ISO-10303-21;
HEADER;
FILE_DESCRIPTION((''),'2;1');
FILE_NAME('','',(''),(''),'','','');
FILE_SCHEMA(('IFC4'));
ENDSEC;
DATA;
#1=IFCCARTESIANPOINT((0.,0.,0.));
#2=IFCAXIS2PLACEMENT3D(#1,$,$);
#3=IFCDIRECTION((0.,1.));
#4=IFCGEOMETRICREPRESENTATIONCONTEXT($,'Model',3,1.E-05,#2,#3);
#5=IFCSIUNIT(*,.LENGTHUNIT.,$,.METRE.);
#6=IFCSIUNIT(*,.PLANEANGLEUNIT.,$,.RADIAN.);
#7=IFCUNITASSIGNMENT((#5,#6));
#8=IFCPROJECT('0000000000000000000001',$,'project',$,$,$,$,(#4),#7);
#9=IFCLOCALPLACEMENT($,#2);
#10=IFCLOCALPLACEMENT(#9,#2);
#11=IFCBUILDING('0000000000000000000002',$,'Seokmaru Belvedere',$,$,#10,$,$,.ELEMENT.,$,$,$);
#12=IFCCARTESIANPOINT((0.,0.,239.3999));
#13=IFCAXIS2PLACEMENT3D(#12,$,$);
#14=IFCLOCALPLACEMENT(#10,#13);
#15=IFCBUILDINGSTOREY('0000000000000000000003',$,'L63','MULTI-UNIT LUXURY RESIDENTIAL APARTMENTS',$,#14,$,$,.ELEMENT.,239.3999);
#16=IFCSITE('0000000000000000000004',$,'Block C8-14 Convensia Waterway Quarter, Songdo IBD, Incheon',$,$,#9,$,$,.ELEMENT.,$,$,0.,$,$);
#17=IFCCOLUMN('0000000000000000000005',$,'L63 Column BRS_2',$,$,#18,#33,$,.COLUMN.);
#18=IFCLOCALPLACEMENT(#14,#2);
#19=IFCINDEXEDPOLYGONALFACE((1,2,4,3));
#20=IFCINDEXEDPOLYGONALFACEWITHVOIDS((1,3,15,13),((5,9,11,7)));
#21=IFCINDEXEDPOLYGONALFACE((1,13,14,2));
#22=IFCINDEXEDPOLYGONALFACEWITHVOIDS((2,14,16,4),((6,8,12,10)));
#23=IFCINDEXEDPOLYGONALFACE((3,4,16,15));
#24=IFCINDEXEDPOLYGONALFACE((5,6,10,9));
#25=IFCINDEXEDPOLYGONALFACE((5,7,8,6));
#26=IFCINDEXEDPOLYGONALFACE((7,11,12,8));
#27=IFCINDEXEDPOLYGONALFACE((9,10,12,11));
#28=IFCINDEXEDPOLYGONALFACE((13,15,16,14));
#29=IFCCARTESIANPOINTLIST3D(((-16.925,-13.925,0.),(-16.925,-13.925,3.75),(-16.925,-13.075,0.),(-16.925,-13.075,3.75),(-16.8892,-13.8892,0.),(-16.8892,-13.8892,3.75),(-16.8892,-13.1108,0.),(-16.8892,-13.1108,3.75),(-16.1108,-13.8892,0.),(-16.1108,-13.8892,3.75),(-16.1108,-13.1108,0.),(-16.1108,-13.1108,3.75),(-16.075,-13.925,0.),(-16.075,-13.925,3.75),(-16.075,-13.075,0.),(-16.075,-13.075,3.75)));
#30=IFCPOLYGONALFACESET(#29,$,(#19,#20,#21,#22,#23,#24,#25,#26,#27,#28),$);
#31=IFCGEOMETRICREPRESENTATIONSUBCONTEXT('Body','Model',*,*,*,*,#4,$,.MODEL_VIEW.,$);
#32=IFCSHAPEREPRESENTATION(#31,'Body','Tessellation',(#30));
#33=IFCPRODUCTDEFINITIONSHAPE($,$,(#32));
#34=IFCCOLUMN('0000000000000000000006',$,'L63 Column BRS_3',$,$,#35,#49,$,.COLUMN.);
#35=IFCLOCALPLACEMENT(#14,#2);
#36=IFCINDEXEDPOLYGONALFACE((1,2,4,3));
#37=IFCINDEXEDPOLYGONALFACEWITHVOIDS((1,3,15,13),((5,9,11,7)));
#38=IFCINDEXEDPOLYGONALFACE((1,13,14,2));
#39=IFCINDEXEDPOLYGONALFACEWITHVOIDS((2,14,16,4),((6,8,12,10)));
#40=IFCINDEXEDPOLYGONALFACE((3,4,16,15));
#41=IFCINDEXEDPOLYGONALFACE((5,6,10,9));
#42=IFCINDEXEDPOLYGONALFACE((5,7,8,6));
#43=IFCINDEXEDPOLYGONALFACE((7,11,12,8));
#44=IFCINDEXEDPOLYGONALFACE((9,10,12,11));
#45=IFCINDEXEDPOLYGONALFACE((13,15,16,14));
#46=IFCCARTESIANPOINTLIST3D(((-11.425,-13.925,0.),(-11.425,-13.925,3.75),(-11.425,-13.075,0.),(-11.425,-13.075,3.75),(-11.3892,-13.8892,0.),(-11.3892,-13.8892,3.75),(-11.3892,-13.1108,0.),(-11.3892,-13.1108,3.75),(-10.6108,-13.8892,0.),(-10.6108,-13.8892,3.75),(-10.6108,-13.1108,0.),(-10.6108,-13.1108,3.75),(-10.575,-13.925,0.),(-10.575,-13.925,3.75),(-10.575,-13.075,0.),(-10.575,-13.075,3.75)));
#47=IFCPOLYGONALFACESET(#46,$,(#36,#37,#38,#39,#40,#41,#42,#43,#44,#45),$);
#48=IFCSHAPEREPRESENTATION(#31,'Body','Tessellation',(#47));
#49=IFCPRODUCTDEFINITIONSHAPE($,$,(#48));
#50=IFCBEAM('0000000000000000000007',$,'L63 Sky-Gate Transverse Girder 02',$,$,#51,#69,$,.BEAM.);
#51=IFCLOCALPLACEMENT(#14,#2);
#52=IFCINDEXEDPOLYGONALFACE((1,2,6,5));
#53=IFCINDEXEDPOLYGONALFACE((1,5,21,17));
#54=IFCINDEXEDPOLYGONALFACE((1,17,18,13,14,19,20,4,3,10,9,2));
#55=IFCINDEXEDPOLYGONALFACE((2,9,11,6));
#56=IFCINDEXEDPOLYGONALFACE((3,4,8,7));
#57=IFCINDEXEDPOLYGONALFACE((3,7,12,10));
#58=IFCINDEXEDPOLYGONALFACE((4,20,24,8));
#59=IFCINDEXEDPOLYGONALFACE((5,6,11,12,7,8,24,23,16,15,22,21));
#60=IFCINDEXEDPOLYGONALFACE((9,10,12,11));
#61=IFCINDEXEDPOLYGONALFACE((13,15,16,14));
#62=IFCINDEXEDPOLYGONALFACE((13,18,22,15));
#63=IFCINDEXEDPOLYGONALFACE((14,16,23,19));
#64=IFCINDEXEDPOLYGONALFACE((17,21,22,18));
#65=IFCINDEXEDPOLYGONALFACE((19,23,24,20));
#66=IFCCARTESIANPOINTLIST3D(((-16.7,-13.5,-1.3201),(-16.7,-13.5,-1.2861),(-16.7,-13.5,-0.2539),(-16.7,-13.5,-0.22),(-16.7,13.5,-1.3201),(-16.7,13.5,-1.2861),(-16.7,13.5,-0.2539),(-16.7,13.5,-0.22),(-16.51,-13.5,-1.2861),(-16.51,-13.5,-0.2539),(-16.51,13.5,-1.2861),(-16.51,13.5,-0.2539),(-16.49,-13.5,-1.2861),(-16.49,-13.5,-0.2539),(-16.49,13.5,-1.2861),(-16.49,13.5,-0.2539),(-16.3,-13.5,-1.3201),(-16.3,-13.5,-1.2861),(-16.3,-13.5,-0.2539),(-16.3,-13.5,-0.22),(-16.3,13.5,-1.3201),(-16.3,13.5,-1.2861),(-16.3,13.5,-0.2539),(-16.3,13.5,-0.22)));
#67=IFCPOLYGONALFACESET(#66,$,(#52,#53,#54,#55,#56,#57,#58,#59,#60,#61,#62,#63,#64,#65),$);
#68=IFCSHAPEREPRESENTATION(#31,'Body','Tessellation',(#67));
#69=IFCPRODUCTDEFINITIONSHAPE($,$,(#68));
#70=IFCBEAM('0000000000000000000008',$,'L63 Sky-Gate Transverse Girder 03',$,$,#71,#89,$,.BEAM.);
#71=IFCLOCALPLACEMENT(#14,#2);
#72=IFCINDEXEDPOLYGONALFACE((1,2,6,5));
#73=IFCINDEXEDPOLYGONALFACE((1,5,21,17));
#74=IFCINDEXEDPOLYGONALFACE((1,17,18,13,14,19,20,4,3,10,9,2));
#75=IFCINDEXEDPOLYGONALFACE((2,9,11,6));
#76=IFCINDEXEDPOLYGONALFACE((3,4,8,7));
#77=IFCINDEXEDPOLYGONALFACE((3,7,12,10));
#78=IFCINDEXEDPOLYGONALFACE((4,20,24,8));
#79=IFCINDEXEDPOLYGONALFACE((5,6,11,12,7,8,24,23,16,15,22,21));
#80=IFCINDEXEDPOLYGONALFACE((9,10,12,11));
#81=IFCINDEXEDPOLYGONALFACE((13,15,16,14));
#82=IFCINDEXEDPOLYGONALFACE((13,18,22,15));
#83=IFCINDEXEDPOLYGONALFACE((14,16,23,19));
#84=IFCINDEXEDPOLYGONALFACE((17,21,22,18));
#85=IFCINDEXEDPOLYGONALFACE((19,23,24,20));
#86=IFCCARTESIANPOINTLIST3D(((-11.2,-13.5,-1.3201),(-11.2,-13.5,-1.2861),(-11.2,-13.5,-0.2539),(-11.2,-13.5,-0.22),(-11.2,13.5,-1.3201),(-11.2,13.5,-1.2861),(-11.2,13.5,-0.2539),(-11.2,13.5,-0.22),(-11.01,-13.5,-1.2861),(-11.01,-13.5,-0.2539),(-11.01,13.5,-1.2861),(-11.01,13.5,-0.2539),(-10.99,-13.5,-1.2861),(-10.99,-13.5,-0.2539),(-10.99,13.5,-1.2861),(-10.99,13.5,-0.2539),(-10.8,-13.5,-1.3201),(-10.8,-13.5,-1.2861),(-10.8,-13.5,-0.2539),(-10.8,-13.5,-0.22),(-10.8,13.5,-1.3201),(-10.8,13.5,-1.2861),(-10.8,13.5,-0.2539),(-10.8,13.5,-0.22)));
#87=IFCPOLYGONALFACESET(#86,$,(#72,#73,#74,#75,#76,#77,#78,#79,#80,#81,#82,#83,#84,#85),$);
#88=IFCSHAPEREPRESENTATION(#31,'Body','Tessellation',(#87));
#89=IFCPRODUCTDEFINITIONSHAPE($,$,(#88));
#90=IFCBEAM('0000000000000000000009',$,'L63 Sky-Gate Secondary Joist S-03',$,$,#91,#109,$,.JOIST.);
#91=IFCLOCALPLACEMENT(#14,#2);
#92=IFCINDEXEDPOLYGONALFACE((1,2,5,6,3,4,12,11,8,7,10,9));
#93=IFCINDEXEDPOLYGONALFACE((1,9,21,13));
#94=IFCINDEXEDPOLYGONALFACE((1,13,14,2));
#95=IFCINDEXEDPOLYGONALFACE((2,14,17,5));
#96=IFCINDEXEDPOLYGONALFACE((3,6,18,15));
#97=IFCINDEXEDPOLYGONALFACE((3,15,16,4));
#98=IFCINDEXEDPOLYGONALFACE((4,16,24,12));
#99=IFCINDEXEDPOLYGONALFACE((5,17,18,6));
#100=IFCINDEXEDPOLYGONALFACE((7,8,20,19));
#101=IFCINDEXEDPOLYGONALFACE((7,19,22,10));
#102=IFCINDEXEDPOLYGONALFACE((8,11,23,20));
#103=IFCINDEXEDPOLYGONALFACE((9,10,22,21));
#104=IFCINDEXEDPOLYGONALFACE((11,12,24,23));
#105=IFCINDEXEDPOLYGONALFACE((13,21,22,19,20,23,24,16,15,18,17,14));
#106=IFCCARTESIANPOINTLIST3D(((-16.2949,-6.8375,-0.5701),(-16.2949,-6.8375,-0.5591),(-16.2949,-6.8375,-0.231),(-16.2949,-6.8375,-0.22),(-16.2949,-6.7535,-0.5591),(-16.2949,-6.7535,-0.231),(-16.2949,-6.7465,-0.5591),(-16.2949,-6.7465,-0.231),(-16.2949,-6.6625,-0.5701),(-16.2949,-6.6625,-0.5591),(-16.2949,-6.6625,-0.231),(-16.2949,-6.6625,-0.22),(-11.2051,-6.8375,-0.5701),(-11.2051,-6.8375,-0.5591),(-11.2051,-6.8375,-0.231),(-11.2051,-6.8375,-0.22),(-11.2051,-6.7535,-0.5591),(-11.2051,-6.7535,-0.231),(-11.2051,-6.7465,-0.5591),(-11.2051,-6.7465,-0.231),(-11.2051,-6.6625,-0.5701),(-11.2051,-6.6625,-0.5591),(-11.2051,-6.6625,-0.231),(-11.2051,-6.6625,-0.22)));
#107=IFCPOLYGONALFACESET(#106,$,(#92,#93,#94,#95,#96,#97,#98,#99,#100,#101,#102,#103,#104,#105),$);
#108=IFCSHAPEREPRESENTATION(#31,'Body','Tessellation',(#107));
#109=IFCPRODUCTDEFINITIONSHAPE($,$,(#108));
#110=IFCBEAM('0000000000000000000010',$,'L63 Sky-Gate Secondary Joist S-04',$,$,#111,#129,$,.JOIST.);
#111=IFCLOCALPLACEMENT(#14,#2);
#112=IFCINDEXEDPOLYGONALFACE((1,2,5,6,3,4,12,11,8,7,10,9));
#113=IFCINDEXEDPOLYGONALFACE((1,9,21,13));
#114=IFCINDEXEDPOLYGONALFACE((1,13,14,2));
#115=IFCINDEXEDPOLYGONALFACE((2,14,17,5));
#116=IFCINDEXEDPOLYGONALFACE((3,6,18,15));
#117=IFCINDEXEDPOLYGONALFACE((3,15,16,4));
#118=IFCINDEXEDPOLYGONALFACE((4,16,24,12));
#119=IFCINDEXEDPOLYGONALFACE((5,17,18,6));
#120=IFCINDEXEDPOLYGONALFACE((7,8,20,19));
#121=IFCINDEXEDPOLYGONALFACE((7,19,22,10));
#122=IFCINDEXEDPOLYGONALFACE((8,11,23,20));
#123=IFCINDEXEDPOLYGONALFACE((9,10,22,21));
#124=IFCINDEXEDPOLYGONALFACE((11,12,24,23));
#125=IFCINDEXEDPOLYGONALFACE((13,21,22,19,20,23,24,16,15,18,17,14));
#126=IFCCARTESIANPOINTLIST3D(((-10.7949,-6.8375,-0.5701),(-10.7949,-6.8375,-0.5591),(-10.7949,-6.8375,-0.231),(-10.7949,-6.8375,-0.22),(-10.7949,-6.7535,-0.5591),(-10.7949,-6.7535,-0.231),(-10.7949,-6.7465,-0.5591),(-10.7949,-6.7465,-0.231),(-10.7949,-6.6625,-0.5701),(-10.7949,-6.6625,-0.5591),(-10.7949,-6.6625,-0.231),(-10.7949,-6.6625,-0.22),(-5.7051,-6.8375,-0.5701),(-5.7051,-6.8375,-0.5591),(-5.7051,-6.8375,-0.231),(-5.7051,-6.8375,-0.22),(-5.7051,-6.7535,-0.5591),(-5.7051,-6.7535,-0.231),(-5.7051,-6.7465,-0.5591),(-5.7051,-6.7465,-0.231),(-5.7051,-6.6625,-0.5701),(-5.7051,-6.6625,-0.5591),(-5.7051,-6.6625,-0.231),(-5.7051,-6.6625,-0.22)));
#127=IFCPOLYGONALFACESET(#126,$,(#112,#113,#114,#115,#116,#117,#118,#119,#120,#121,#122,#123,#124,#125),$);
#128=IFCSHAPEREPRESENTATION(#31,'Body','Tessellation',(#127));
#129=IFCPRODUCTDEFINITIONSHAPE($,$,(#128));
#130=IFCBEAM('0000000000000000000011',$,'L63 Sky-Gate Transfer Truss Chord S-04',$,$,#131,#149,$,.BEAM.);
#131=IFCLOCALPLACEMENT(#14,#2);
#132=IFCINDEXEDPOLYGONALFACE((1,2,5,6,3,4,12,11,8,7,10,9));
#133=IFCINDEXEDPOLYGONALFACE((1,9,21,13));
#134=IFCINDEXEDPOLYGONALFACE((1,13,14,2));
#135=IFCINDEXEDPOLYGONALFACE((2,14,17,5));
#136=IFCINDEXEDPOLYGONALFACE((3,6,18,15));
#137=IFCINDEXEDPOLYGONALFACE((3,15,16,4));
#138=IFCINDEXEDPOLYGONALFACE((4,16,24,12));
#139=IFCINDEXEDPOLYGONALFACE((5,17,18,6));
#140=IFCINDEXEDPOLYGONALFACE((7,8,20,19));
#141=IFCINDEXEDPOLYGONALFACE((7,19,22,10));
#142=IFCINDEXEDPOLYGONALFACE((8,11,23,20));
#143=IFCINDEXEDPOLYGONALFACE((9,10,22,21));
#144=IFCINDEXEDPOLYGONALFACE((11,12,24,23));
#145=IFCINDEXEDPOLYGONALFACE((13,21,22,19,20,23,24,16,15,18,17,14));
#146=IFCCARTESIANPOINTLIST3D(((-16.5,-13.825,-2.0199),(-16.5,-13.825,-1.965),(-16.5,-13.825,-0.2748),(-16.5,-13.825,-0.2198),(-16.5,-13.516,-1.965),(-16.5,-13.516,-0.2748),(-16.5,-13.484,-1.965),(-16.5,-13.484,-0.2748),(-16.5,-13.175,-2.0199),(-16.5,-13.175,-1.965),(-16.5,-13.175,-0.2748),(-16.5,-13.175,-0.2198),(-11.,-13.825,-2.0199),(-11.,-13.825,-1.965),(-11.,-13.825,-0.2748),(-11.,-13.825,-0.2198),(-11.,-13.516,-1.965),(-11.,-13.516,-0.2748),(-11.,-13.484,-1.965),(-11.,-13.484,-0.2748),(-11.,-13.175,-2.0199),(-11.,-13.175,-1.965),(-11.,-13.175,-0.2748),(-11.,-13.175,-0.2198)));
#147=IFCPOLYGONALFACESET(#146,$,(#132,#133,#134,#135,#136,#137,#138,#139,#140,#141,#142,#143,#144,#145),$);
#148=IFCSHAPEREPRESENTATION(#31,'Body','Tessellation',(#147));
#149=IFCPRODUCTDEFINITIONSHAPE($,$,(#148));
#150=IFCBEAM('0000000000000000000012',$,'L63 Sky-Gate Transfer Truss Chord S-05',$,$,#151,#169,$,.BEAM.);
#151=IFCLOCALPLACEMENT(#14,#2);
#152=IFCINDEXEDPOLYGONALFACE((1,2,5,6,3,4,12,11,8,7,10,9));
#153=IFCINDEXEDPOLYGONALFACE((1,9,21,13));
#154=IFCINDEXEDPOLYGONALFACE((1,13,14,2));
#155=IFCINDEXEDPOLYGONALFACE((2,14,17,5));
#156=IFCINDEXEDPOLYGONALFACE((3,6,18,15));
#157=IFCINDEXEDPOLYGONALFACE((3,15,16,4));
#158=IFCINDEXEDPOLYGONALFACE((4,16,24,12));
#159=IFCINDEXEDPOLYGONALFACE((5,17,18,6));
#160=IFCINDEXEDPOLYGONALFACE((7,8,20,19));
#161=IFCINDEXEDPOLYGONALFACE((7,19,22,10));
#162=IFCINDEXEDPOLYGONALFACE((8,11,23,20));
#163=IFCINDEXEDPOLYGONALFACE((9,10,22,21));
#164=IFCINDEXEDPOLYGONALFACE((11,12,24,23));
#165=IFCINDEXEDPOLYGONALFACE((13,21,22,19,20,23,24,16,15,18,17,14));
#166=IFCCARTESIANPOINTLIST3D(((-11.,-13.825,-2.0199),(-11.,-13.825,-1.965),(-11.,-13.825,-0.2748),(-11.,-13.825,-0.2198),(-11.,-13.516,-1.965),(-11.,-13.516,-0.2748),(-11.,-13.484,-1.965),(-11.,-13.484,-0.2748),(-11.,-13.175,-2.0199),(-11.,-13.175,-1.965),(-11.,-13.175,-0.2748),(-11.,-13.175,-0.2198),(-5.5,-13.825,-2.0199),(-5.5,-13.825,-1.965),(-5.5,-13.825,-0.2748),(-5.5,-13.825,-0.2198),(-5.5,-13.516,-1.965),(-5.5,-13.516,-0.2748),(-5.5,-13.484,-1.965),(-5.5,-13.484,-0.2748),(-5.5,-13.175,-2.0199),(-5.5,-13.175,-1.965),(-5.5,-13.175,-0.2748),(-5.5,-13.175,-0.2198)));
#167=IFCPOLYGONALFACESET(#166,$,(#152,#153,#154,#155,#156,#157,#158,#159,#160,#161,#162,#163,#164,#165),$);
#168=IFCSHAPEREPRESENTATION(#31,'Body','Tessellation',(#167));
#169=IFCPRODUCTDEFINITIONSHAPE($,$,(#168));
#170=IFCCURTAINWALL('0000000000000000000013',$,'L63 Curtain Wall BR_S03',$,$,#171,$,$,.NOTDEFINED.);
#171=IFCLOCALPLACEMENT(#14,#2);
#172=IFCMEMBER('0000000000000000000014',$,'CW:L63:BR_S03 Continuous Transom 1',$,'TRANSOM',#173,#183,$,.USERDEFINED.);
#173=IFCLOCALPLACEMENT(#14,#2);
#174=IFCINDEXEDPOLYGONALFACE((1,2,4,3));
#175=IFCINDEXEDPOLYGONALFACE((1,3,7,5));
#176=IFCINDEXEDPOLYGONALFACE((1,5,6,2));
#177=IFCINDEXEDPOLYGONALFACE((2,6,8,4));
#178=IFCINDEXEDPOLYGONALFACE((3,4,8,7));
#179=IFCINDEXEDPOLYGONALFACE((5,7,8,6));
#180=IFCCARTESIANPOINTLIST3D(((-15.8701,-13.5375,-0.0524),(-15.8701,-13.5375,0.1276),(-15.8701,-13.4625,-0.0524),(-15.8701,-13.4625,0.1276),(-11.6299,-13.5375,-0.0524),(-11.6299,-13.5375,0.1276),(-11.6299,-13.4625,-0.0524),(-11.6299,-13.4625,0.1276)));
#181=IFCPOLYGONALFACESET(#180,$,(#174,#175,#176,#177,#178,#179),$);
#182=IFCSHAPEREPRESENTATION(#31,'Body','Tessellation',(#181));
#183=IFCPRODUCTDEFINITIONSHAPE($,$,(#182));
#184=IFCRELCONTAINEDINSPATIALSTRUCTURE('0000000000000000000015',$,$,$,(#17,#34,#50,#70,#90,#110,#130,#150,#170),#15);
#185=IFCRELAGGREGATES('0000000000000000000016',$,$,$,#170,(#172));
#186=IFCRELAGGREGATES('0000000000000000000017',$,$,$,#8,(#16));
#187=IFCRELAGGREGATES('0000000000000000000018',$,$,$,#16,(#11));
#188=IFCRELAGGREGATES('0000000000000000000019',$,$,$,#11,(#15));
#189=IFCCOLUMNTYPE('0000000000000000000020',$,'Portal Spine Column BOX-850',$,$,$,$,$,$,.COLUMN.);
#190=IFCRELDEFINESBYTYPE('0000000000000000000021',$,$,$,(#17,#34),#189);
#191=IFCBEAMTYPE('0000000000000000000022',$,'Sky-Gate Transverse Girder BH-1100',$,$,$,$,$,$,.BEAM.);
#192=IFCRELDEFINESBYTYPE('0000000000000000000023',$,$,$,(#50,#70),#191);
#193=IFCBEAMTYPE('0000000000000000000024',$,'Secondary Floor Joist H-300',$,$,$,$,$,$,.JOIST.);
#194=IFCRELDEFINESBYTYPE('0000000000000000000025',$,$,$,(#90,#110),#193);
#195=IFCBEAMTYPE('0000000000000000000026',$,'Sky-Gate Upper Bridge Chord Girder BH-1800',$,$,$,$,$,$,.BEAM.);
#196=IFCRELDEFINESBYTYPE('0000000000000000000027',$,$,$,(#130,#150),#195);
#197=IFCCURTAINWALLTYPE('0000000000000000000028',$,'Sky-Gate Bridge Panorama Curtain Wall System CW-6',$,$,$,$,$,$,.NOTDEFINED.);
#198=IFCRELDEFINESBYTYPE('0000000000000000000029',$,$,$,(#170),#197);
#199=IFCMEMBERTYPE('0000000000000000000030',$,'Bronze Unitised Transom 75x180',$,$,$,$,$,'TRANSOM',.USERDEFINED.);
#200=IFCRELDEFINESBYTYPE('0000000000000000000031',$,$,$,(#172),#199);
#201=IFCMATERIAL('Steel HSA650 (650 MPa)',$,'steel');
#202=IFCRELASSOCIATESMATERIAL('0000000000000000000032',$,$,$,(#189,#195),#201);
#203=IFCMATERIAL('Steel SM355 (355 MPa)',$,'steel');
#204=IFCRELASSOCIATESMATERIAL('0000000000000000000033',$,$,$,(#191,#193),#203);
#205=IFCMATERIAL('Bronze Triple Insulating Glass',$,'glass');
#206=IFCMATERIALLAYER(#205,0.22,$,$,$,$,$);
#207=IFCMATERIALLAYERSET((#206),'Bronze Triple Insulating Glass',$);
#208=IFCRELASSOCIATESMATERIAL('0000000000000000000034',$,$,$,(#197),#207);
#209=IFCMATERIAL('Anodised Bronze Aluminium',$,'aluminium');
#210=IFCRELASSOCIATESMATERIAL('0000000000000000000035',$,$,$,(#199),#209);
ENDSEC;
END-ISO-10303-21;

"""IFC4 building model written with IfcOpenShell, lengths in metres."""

from ifc_helpers import new_model, si_unit, direction, frame, origin, origin_2d, place, context, subcontext, project, spatial, rectangle, hollow_rectangle, i_section, extrude, source, transform, mapped, material, layer, layer_set, material_profile, profile_set, type_object, type_shapes, element, aggregate, save


model = new_model("IFC4")

# Units and contexts
model_context = context("Model", 3, precision=1e-05, world=origin(), true_north=direction((0.0, 1.0)))
body_context = subcontext(model_context, "Body", "Model", "MODEL_VIEW")
ifc_project = project(units=[si_unit("LENGTHUNIT", "METRE"), si_unit("PLANEANGLEUNIT", "RADIAN")], contexts=[model_context])

# Site, building, storey
site_placement = place(None, origin())
site = spatial("IfcSite", under=ifc_project, at=site_placement, Name="Block C8-14 Convensia Waterway Quarter, Songdo IBD, Incheon", CompositionType="ELEMENT", RefElevation=0.0)
building_placement = place(site_placement, origin())
building = spatial("IfcBuilding", under=site, at=building_placement, Name="Seokmaru Belvedere", CompositionType="ELEMENT")
storey_placement = place(building_placement, frame((0.0, 0.0, 239.3999)))
storey = spatial("IfcBuildingStorey", under=building, at=storey_placement, Name="L63", Description="MULTI-UNIT LUXURY RESIDENTIAL APARTMENTS", CompositionType="ELEMENT", Elevation=239.3999)

# Columns
ifc_material_1 = material(Name="Steel HSA650 (650 MPa)", Category="steel")
ifc_material_profile_1 = material_profile(ifc_material_1, hollow_rectangle(XDim=0.8501, YDim=0.8501, WallThickness=0.0359, at=origin_2d()), Name="BOX-850x850x36")
ifc_profile_set_1 = profile_set([ifc_material_profile_1], Name="Steel HSA650 (650 MPa)")
column_type = type_object("IfcColumnType", Name="Portal Spine Column BOX-850", PredefinedType="COLUMN", material=ifc_profile_set_1)
shared_shape_1 = source(origin(), body_context, "Body", "SweptSolid", [
    extrude(hollow_rectangle(XDim=0.8501, YDim=0.8501, WallThickness=0.0359, at=origin_2d()), origin(), (0.0, 0.0, 1.0), 3.75),
])
type_shapes(column_type, [shared_shape_1])
for number, where, z_axis, x_axis, name in (
    (1, (-16.5, -13.5, 0.0), (0.0, 0.0, 1.0), (1.0, 0.0, 0.0), "L63 Column BRS_2"),
    (2, (-11.0, -13.5, 0.0), (0.0, 0.0, 1.0), (1.0, 0.0, 0.0), "L63 Column BRS_3"),
):
    element("IfcColumn", number, at=place(storey_placement, frame(where, z_axis=z_axis, x_axis=x_axis)), inside=storey, type_object=column_type, Name=name, PredefinedType="COLUMN", context=body_context, shape_type="MappedRepresentation", body=[
        mapped(shared_shape_1, transform((0.0, 0.0, 0.0), scale=1.0)),
    ])

# Beams
ifc_material_2 = material(Name="Steel SM355 (355 MPa)", Category="steel")
ifc_material_profile_2 = material_profile(ifc_material_2, i_section(OverallWidth=0.3999, OverallDepth=1.1001, WebThickness=0.02, FlangeThickness=0.0339, at=origin_2d()), Name="BH-1100x400x20x34")
ifc_profile_set_2 = profile_set([ifc_material_profile_2], Name="Steel SM355 (355 MPa)")
beam_type_1 = type_object("IfcBeamType", Name="Sky-Gate Transverse Girder BH-1100", PredefinedType="BEAM", material=ifc_profile_set_2)
shared_shape_2 = source(origin(), body_context, "Body", "SweptSolid", [
    extrude(i_section(OverallWidth=0.3999, OverallDepth=1.1001, WebThickness=0.02, FlangeThickness=0.0339, at=origin_2d()), origin(), (0.0, 0.0, 1.0), 27.0),
])
type_shapes(beam_type_1, [shared_shape_2])
for number, where, z_axis, x_axis, name in (
    (3, (-16.5, -13.5, -0.77), (0.0, 1.0, 0.0), (-1.0, 0.0, 0.0), "L63 Sky-Gate Transverse Girder 02"),
    (4, (-11.0, -13.5, -0.77), (0.0, 1.0, 0.0), (-1.0, 0.0, 0.0), "L63 Sky-Gate Transverse Girder 03"),
):
    element("IfcBeam", number, at=place(storey_placement, frame(where, z_axis=z_axis, x_axis=x_axis)), inside=storey, type_object=beam_type_1, Name=name, PredefinedType="BEAM", context=body_context, shape_type="MappedRepresentation", body=[
        mapped(shared_shape_2, transform((0.0, 0.0, 0.0), scale=1.0)),
    ])
ifc_material_profile_3 = material_profile(ifc_material_2, i_section(OverallWidth=0.175, OverallDepth=0.3501, WebThickness=0.0071, FlangeThickness=0.011, at=origin_2d()), Name="H-350x175x7x11")
ifc_profile_set_3 = profile_set([ifc_material_profile_3], Name="Steel SM355 (355 MPa)")
beam_type_2 = type_object("IfcBeamType", Name="Secondary Floor Joist H-300", PredefinedType="JOIST", material=ifc_profile_set_3)
shared_shape_3 = source(origin(), body_context, "Body", "SweptSolid", [
    extrude(i_section(OverallWidth=0.175, OverallDepth=0.3501, WebThickness=0.0071, FlangeThickness=0.011, at=origin_2d()), origin(), (0.0, 0.0, 1.0), 5.0898),
])
type_shapes(beam_type_2, [shared_shape_3])
for number, where, z_axis, x_axis, name in (
    (5, (-16.2949, -6.75, -0.395), (1.0, 0.0, 0.0), (0.0, 1.0, 0.0), "L63 Sky-Gate Secondary Joist S-03"),
    (6, (-10.7949, -6.75, -0.395), (1.0, 0.0, 0.0), (0.0, 1.0, 0.0), "L63 Sky-Gate Secondary Joist S-04"),
):
    element("IfcBeam", number, at=place(storey_placement, frame(where, z_axis=z_axis, x_axis=x_axis)), inside=storey, type_object=beam_type_2, Name=name, PredefinedType="JOIST", context=body_context, shape_type="MappedRepresentation", body=[
        mapped(shared_shape_3, transform((0.0, 0.0, 0.0), scale=1.0)),
    ])
ifc_material_profile_4 = material_profile(ifc_material_1, i_section(OverallWidth=0.6499, OverallDepth=1.8, WebThickness=0.032, FlangeThickness=0.0549, at=origin_2d()), Name="BH-1800x650x32x55")
ifc_profile_set_4 = profile_set([ifc_material_profile_4], Name="Steel HSA650 (650 MPa)")
beam_type_3 = type_object("IfcBeamType", Name="Sky-Gate Upper Bridge Chord Girder BH-1800", PredefinedType="BEAM", material=ifc_profile_set_4)
shared_shape_4 = source(origin(), body_context, "Body", "SweptSolid", [
    extrude(i_section(OverallWidth=0.6499, OverallDepth=1.8, WebThickness=0.032, FlangeThickness=0.0549, at=origin_2d()), origin(), (0.0, 0.0, 1.0), 5.5),
])
type_shapes(beam_type_3, [shared_shape_4])
for number, where, z_axis, x_axis, name in (
    (7, (-16.5, -13.5, -1.1199), (1.0, 0.0, 0.0), (0.0, 1.0, 0.0), "L63 Sky-Gate Transfer Truss Chord S-04"),
    (8, (-11.0, -13.5, -1.1199), (1.0, 0.0, 0.0), (0.0, 1.0, 0.0), "L63 Sky-Gate Transfer Truss Chord S-05"),
):
    element("IfcBeam", number, at=place(storey_placement, frame(where, z_axis=z_axis, x_axis=x_axis)), inside=storey, type_object=beam_type_3, Name=name, PredefinedType="BEAM", context=body_context, shape_type="MappedRepresentation", body=[
        mapped(shared_shape_4, transform((0.0, 0.0, 0.0), scale=1.0)),
    ])

# Curtain wall, member
ifc_material_3 = material(Name="Bronze Triple Insulating Glass", Category="glass")
ifc_layer_1 = layer(ifc_material_3, 0.22)
ifc_layer_set_1 = layer_set([ifc_layer_1], Name="Bronze Triple Insulating Glass")
curtain_wall_type = type_object("IfcCurtainWallType", Name="Sky-Gate Bridge Panorama Curtain Wall System CW-6", PredefinedType="NOTDEFINED", material=ifc_layer_set_1)
curtain_wall_1_placement = place(storey_placement, origin())
curtain_wall_1 = element("IfcCurtainWall", 9, at=curtain_wall_1_placement, inside=storey, type_object=curtain_wall_type, Name="L63 Curtain Wall BR_S03", PredefinedType="NOTDEFINED")
ifc_material_4 = material(Name="Anodised Bronze Aluminium", Category="aluminium")
ifc_material_profile_5 = material_profile(ifc_material_4, rectangle(XDim=0.075, YDim=0.1799, at=origin_2d()), Name="CW-T-75x180")
ifc_profile_set_5 = profile_set([ifc_material_profile_5], Name="Anodised Bronze Aluminium")
member_type_1 = type_object("IfcMemberType", Name="Bronze Unitised Transom 75x180", ElementType="TRANSOM", PredefinedType="USERDEFINED", material=ifc_profile_set_5)
shared_shape_5 = source(origin(), body_context, "Body", "SweptSolid", [
    extrude(rectangle(XDim=0.075, YDim=0.1799, at=origin_2d()), origin(), (0.0, 0.0, 1.0), 4.2402),
])
type_shapes(member_type_1, [shared_shape_5])
member_1_placement = place(storey_placement, frame((-15.8701, -13.5, 0.0376), z_axis=(1.0, 0.0, 0.0), x_axis=(0.0, 1.0, 0.0)))
member_1 = element("IfcMember", 10, at=member_1_placement, type_object=member_type_1, Name="CW:L63:BR_S03 Continuous Transom 1", ObjectType="TRANSOM", PredefinedType="USERDEFINED", context=body_context, shape_type="MappedRepresentation", body=[
    mapped(shared_shape_5, transform((0.0, 0.0, 0.0), scale=1.0)),
])

aggregate(curtain_wall_1, [member_1])

save(model, "model.ifc")
